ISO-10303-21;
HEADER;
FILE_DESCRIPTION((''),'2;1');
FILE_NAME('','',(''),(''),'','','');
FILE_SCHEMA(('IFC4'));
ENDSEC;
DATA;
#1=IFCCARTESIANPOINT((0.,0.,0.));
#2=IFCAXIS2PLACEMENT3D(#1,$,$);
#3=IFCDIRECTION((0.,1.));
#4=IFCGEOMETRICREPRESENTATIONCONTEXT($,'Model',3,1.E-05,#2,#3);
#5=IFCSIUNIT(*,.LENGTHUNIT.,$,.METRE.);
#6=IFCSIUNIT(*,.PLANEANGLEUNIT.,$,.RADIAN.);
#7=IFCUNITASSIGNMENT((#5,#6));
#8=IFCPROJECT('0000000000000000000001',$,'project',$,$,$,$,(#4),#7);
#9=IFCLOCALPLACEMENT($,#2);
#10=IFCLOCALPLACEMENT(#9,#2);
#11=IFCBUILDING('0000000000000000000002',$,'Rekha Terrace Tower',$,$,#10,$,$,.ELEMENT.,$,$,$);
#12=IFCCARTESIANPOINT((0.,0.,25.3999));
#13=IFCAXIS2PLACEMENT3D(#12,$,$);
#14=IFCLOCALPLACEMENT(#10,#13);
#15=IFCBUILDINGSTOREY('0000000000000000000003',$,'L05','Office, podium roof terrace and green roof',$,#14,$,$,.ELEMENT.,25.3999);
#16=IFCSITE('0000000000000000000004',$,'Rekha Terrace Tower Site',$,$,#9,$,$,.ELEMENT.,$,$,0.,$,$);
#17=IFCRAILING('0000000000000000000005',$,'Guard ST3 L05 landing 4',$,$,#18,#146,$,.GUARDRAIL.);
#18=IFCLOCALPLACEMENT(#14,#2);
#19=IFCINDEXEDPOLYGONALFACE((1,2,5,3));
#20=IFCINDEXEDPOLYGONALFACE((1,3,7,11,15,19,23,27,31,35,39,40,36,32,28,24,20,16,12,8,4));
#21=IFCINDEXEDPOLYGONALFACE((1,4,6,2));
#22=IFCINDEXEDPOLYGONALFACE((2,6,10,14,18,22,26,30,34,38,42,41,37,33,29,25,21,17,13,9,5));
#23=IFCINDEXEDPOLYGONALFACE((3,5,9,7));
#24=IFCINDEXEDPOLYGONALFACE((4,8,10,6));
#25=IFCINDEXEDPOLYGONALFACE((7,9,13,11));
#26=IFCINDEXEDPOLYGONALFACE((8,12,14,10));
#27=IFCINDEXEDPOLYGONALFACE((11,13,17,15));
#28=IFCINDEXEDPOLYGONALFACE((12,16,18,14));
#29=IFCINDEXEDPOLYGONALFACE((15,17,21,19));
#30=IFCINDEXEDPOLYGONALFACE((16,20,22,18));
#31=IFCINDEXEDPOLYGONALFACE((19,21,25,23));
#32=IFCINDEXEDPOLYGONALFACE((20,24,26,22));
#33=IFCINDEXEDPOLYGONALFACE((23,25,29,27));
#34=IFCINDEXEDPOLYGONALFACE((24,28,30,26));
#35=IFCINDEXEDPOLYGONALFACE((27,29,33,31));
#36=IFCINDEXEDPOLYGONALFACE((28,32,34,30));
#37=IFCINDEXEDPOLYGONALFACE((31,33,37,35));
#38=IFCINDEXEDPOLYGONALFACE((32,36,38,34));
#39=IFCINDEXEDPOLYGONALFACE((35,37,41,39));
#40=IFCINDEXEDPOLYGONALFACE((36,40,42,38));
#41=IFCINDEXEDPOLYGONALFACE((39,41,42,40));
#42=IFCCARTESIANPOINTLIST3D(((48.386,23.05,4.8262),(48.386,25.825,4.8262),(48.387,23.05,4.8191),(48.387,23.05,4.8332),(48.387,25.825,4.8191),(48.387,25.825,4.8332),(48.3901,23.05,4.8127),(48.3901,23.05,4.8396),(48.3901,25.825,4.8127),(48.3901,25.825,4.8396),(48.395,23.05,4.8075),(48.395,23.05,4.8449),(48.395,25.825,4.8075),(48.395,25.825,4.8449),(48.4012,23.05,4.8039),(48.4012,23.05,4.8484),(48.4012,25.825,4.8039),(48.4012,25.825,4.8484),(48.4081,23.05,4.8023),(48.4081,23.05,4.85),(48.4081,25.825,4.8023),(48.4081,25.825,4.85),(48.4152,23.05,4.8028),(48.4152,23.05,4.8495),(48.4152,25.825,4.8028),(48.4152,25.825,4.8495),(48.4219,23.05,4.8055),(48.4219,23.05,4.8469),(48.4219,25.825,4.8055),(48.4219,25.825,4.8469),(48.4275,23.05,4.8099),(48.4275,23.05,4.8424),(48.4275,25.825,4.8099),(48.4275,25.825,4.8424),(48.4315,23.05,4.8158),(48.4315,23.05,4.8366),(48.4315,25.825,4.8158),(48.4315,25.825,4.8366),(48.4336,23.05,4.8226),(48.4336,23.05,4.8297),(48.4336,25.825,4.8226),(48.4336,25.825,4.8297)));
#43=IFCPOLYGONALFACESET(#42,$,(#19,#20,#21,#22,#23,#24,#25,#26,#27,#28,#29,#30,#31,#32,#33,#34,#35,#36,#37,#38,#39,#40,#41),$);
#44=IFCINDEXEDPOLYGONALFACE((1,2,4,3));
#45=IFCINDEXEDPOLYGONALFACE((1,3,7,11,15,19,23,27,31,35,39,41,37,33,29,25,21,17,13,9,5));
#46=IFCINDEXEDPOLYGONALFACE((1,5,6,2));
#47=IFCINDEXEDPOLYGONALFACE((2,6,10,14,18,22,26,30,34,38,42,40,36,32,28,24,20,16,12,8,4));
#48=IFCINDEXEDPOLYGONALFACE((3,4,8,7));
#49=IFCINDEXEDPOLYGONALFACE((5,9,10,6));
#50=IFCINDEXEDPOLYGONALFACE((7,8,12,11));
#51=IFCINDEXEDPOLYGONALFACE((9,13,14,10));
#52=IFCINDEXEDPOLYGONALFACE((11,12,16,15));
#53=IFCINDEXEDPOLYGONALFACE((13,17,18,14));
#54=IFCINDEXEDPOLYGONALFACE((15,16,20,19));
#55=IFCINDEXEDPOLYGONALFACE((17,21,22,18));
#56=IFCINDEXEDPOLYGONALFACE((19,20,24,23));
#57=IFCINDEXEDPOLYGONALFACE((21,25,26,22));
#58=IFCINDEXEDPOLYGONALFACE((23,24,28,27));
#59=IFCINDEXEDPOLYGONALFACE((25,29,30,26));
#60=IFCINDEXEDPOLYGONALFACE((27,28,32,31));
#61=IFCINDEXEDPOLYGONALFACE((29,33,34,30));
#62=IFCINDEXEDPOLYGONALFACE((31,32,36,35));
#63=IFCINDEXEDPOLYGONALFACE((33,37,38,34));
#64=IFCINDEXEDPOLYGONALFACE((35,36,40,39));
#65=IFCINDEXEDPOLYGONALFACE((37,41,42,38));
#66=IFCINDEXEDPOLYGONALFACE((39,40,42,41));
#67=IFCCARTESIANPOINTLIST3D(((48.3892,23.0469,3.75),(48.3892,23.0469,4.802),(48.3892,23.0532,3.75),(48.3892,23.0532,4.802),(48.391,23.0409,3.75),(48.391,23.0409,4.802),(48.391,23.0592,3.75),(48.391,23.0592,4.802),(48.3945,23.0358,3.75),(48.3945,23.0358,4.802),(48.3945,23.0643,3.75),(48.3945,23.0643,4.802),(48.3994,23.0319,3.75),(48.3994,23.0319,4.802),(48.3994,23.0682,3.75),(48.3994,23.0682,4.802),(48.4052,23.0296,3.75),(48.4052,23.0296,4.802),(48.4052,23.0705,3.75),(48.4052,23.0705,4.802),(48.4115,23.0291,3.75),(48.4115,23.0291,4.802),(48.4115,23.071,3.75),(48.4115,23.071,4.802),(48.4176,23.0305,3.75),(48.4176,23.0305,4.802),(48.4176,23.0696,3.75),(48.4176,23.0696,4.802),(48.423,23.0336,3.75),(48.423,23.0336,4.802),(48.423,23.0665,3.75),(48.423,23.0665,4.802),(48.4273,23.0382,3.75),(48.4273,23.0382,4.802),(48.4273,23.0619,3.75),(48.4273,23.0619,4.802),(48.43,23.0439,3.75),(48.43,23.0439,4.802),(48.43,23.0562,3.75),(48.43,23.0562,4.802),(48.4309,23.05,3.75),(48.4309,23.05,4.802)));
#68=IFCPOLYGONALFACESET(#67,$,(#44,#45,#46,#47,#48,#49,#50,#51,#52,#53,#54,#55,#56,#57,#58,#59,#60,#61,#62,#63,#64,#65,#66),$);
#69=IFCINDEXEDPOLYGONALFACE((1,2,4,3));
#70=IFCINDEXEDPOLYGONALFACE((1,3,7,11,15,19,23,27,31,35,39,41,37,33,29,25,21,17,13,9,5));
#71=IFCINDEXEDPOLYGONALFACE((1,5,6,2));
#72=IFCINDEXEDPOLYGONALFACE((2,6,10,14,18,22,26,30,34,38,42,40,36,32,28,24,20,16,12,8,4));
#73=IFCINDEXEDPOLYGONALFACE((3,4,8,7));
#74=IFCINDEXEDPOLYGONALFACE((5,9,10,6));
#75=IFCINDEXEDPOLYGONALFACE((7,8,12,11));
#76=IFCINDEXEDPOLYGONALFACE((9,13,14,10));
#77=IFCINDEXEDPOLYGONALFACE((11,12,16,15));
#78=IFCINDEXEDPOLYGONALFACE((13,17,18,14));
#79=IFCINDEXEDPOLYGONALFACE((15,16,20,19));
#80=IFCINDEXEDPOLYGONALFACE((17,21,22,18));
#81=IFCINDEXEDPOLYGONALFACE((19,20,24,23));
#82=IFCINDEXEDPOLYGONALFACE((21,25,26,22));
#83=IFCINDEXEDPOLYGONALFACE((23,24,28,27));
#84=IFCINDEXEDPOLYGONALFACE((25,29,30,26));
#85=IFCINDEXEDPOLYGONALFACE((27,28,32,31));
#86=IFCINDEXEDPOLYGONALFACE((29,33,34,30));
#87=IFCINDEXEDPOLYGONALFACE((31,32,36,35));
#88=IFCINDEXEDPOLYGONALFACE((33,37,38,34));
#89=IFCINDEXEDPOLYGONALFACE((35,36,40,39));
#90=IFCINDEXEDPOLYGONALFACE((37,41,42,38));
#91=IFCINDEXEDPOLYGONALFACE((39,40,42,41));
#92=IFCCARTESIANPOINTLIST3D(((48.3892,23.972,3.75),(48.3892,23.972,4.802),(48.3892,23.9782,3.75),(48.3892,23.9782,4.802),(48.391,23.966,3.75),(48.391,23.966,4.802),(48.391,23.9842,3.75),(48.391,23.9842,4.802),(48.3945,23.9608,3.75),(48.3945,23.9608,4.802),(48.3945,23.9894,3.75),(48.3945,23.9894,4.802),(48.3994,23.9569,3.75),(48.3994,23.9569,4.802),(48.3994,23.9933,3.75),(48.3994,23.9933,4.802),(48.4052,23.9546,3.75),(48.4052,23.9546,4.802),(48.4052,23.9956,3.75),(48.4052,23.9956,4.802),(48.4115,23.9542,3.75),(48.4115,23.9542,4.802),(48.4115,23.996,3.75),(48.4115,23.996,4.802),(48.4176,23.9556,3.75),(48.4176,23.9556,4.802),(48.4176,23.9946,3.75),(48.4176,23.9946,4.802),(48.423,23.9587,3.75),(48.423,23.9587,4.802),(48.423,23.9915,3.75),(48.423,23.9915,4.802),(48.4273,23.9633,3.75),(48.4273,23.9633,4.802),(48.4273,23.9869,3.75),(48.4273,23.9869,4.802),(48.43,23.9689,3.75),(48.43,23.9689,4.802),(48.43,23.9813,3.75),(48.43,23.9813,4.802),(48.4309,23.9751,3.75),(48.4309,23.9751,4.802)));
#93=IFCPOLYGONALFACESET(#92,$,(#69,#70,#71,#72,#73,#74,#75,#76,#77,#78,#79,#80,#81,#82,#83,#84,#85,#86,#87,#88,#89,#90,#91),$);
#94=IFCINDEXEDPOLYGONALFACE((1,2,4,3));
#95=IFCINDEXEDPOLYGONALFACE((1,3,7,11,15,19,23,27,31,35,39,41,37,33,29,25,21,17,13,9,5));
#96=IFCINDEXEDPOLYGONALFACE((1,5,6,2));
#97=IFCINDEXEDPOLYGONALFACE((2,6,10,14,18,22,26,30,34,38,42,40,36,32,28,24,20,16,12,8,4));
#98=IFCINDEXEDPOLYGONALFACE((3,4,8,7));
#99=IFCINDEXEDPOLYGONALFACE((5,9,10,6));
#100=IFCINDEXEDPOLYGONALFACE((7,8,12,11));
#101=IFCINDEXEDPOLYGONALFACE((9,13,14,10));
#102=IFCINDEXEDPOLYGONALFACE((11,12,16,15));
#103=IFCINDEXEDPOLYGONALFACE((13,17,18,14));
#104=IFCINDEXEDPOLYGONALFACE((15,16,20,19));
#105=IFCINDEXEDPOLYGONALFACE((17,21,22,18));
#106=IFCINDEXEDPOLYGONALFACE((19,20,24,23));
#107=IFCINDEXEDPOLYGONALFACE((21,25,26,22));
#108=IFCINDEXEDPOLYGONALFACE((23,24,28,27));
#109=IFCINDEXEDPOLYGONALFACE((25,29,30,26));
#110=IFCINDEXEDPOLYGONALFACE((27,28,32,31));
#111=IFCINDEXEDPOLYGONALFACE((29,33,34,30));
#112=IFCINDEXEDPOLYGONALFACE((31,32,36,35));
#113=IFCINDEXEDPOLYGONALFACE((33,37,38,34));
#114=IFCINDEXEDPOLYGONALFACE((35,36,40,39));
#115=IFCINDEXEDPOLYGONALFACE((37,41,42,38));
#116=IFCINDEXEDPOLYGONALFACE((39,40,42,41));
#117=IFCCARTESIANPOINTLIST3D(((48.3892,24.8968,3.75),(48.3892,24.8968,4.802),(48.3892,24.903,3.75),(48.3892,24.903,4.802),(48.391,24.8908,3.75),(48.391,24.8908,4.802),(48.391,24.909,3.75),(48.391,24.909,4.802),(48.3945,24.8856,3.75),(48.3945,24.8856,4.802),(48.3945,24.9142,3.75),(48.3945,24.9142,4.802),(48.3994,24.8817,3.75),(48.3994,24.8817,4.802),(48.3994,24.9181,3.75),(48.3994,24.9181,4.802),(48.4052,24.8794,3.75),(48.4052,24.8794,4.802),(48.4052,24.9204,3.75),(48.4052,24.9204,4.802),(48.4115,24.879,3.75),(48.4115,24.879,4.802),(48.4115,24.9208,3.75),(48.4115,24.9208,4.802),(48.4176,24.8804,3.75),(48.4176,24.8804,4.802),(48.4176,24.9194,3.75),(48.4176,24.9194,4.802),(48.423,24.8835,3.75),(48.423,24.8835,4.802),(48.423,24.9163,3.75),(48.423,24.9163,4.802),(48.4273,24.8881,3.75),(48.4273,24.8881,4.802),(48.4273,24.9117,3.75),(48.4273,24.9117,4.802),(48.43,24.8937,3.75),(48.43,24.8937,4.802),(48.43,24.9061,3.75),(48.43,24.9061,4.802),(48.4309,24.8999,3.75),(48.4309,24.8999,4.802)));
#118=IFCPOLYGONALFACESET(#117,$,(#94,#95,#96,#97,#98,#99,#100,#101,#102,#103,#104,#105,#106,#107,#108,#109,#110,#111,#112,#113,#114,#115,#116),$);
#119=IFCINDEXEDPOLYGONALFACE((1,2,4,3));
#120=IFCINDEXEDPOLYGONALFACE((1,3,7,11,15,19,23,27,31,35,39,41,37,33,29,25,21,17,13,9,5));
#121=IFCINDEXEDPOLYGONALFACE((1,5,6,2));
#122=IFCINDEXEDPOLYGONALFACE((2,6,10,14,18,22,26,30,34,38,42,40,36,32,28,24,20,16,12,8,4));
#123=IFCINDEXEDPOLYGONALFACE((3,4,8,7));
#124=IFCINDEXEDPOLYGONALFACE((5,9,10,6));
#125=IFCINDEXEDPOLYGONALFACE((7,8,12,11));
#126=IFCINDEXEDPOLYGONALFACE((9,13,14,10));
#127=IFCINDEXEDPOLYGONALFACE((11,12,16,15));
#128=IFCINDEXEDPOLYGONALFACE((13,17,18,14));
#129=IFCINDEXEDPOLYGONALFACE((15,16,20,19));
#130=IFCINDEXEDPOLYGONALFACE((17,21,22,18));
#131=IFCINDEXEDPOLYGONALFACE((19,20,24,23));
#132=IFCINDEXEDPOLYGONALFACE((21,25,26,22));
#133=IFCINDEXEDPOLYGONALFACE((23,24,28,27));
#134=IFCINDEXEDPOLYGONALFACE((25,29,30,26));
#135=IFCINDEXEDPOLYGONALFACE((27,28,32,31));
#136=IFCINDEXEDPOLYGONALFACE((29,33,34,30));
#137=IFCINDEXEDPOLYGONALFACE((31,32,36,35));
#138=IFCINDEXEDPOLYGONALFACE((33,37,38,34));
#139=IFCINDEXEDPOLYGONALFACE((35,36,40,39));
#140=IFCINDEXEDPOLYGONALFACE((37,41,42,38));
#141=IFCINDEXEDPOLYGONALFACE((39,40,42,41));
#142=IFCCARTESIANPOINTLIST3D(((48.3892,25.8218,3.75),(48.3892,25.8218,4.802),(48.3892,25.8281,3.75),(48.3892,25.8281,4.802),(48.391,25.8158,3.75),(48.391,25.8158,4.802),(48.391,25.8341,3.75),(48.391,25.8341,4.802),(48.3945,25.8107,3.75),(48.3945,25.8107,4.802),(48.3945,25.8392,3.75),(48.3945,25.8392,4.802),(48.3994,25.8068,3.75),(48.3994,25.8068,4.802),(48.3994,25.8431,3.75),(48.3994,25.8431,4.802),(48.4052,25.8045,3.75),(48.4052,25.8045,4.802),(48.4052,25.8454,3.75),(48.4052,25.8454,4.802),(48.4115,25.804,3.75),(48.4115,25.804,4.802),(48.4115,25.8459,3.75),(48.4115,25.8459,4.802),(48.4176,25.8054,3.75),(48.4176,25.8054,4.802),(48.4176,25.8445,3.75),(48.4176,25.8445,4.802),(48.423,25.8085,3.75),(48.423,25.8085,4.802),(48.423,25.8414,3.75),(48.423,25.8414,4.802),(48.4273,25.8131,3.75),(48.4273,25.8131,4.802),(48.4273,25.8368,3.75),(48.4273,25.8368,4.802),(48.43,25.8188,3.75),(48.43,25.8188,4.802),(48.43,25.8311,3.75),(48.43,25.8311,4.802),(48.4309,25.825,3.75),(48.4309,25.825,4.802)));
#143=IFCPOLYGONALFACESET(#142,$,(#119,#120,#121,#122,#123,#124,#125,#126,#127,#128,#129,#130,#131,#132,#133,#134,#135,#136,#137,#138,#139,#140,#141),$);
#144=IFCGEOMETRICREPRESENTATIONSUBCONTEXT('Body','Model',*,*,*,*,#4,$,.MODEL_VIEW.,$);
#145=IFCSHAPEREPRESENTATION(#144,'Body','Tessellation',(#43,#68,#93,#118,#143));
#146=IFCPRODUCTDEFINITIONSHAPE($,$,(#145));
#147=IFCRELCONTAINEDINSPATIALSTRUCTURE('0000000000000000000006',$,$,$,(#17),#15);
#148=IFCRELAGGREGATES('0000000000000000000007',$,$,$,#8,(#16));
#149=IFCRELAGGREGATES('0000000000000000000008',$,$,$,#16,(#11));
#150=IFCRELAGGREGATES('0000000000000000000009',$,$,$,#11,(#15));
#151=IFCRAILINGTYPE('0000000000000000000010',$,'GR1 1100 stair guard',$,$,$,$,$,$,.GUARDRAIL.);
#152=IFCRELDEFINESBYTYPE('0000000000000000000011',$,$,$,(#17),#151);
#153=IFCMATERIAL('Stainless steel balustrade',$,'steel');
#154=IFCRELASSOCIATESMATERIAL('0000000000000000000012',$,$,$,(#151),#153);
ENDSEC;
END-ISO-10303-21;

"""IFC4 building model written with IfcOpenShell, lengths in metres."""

from ifc_helpers import new_model, si_unit, direction, frame, origin, origin_2d, place, context, subcontext, project, spatial, circle, extrude, material, type_object, element, save


model = new_model("IFC4")

# Units and contexts
model_context = context("Model", 3, precision=1e-05, world=origin(), true_north=direction((0.0, 1.0)))
body_context = subcontext(model_context, "Body", "Model", "MODEL_VIEW")
ifc_project = project(units=[si_unit("LENGTHUNIT", "METRE"), si_unit("PLANEANGLEUNIT", "RADIAN")], contexts=[model_context])

# Site, building, storey
site_placement = place(None, origin())
site = spatial("IfcSite", under=ifc_project, at=site_placement, Name="Rekha Terrace Tower Site", CompositionType="ELEMENT", RefElevation=0.0)
building_placement = place(site_placement, origin())
building = spatial("IfcBuilding", under=site, at=building_placement, Name="Rekha Terrace Tower", CompositionType="ELEMENT")
storey_placement = place(building_placement, frame((0.0, 0.0, 25.3999)))
storey = spatial("IfcBuildingStorey", under=building, at=storey_placement, Name="L05", Description="Office, podium roof terrace and green roof", CompositionType="ELEMENT", Elevation=25.3999)

# Railing
ifc_material_1 = material(Name="Stainless steel balustrade", Category="steel")
railing_type_1 = type_object("IfcRailingType", Name="GR1 1100 stair guard", PredefinedType="GUARDRAIL", material=ifc_material_1)
railing_1_placement = place(storey_placement, frame((48.4099, 23.05, 3.75)))
element("IfcRailing", 1, at=railing_1_placement, inside=storey, type_object=railing_type_1, Name="Guard ST3 L05 landing 4", PredefinedType="GUARDRAIL", context=body_context, shape_type="SweptSolid", body=[
    extrude(circle(Radius=0.0239, at=origin_2d()), frame((0.0, 0.0, 1.0762), z_axis=(0.0, 1.0, 0.0), x_axis=(-1.0, 0.0, 0.0)), (0.0, 0.0, 1.0), 2.7749),
    extrude(circle(Radius=0.021, at=origin_2d()), origin(), (0.0, 0.0, 1.0), 1.052),
    extrude(circle(Radius=0.021, at=origin_2d()), frame((0.0, 0.925, 0.0)), (0.0, 0.0, 1.0), 1.052),
    extrude(circle(Radius=0.021, at=origin_2d()), frame((0.0, 1.8499, 0.0)), (0.0, 0.0, 1.0), 1.052),
    extrude(circle(Radius=0.021, at=origin_2d()), frame((0.0, 2.7749, 0.0)), (0.0, 0.0, 1.0), 1.052),
])

save(model, "model.ifc")
